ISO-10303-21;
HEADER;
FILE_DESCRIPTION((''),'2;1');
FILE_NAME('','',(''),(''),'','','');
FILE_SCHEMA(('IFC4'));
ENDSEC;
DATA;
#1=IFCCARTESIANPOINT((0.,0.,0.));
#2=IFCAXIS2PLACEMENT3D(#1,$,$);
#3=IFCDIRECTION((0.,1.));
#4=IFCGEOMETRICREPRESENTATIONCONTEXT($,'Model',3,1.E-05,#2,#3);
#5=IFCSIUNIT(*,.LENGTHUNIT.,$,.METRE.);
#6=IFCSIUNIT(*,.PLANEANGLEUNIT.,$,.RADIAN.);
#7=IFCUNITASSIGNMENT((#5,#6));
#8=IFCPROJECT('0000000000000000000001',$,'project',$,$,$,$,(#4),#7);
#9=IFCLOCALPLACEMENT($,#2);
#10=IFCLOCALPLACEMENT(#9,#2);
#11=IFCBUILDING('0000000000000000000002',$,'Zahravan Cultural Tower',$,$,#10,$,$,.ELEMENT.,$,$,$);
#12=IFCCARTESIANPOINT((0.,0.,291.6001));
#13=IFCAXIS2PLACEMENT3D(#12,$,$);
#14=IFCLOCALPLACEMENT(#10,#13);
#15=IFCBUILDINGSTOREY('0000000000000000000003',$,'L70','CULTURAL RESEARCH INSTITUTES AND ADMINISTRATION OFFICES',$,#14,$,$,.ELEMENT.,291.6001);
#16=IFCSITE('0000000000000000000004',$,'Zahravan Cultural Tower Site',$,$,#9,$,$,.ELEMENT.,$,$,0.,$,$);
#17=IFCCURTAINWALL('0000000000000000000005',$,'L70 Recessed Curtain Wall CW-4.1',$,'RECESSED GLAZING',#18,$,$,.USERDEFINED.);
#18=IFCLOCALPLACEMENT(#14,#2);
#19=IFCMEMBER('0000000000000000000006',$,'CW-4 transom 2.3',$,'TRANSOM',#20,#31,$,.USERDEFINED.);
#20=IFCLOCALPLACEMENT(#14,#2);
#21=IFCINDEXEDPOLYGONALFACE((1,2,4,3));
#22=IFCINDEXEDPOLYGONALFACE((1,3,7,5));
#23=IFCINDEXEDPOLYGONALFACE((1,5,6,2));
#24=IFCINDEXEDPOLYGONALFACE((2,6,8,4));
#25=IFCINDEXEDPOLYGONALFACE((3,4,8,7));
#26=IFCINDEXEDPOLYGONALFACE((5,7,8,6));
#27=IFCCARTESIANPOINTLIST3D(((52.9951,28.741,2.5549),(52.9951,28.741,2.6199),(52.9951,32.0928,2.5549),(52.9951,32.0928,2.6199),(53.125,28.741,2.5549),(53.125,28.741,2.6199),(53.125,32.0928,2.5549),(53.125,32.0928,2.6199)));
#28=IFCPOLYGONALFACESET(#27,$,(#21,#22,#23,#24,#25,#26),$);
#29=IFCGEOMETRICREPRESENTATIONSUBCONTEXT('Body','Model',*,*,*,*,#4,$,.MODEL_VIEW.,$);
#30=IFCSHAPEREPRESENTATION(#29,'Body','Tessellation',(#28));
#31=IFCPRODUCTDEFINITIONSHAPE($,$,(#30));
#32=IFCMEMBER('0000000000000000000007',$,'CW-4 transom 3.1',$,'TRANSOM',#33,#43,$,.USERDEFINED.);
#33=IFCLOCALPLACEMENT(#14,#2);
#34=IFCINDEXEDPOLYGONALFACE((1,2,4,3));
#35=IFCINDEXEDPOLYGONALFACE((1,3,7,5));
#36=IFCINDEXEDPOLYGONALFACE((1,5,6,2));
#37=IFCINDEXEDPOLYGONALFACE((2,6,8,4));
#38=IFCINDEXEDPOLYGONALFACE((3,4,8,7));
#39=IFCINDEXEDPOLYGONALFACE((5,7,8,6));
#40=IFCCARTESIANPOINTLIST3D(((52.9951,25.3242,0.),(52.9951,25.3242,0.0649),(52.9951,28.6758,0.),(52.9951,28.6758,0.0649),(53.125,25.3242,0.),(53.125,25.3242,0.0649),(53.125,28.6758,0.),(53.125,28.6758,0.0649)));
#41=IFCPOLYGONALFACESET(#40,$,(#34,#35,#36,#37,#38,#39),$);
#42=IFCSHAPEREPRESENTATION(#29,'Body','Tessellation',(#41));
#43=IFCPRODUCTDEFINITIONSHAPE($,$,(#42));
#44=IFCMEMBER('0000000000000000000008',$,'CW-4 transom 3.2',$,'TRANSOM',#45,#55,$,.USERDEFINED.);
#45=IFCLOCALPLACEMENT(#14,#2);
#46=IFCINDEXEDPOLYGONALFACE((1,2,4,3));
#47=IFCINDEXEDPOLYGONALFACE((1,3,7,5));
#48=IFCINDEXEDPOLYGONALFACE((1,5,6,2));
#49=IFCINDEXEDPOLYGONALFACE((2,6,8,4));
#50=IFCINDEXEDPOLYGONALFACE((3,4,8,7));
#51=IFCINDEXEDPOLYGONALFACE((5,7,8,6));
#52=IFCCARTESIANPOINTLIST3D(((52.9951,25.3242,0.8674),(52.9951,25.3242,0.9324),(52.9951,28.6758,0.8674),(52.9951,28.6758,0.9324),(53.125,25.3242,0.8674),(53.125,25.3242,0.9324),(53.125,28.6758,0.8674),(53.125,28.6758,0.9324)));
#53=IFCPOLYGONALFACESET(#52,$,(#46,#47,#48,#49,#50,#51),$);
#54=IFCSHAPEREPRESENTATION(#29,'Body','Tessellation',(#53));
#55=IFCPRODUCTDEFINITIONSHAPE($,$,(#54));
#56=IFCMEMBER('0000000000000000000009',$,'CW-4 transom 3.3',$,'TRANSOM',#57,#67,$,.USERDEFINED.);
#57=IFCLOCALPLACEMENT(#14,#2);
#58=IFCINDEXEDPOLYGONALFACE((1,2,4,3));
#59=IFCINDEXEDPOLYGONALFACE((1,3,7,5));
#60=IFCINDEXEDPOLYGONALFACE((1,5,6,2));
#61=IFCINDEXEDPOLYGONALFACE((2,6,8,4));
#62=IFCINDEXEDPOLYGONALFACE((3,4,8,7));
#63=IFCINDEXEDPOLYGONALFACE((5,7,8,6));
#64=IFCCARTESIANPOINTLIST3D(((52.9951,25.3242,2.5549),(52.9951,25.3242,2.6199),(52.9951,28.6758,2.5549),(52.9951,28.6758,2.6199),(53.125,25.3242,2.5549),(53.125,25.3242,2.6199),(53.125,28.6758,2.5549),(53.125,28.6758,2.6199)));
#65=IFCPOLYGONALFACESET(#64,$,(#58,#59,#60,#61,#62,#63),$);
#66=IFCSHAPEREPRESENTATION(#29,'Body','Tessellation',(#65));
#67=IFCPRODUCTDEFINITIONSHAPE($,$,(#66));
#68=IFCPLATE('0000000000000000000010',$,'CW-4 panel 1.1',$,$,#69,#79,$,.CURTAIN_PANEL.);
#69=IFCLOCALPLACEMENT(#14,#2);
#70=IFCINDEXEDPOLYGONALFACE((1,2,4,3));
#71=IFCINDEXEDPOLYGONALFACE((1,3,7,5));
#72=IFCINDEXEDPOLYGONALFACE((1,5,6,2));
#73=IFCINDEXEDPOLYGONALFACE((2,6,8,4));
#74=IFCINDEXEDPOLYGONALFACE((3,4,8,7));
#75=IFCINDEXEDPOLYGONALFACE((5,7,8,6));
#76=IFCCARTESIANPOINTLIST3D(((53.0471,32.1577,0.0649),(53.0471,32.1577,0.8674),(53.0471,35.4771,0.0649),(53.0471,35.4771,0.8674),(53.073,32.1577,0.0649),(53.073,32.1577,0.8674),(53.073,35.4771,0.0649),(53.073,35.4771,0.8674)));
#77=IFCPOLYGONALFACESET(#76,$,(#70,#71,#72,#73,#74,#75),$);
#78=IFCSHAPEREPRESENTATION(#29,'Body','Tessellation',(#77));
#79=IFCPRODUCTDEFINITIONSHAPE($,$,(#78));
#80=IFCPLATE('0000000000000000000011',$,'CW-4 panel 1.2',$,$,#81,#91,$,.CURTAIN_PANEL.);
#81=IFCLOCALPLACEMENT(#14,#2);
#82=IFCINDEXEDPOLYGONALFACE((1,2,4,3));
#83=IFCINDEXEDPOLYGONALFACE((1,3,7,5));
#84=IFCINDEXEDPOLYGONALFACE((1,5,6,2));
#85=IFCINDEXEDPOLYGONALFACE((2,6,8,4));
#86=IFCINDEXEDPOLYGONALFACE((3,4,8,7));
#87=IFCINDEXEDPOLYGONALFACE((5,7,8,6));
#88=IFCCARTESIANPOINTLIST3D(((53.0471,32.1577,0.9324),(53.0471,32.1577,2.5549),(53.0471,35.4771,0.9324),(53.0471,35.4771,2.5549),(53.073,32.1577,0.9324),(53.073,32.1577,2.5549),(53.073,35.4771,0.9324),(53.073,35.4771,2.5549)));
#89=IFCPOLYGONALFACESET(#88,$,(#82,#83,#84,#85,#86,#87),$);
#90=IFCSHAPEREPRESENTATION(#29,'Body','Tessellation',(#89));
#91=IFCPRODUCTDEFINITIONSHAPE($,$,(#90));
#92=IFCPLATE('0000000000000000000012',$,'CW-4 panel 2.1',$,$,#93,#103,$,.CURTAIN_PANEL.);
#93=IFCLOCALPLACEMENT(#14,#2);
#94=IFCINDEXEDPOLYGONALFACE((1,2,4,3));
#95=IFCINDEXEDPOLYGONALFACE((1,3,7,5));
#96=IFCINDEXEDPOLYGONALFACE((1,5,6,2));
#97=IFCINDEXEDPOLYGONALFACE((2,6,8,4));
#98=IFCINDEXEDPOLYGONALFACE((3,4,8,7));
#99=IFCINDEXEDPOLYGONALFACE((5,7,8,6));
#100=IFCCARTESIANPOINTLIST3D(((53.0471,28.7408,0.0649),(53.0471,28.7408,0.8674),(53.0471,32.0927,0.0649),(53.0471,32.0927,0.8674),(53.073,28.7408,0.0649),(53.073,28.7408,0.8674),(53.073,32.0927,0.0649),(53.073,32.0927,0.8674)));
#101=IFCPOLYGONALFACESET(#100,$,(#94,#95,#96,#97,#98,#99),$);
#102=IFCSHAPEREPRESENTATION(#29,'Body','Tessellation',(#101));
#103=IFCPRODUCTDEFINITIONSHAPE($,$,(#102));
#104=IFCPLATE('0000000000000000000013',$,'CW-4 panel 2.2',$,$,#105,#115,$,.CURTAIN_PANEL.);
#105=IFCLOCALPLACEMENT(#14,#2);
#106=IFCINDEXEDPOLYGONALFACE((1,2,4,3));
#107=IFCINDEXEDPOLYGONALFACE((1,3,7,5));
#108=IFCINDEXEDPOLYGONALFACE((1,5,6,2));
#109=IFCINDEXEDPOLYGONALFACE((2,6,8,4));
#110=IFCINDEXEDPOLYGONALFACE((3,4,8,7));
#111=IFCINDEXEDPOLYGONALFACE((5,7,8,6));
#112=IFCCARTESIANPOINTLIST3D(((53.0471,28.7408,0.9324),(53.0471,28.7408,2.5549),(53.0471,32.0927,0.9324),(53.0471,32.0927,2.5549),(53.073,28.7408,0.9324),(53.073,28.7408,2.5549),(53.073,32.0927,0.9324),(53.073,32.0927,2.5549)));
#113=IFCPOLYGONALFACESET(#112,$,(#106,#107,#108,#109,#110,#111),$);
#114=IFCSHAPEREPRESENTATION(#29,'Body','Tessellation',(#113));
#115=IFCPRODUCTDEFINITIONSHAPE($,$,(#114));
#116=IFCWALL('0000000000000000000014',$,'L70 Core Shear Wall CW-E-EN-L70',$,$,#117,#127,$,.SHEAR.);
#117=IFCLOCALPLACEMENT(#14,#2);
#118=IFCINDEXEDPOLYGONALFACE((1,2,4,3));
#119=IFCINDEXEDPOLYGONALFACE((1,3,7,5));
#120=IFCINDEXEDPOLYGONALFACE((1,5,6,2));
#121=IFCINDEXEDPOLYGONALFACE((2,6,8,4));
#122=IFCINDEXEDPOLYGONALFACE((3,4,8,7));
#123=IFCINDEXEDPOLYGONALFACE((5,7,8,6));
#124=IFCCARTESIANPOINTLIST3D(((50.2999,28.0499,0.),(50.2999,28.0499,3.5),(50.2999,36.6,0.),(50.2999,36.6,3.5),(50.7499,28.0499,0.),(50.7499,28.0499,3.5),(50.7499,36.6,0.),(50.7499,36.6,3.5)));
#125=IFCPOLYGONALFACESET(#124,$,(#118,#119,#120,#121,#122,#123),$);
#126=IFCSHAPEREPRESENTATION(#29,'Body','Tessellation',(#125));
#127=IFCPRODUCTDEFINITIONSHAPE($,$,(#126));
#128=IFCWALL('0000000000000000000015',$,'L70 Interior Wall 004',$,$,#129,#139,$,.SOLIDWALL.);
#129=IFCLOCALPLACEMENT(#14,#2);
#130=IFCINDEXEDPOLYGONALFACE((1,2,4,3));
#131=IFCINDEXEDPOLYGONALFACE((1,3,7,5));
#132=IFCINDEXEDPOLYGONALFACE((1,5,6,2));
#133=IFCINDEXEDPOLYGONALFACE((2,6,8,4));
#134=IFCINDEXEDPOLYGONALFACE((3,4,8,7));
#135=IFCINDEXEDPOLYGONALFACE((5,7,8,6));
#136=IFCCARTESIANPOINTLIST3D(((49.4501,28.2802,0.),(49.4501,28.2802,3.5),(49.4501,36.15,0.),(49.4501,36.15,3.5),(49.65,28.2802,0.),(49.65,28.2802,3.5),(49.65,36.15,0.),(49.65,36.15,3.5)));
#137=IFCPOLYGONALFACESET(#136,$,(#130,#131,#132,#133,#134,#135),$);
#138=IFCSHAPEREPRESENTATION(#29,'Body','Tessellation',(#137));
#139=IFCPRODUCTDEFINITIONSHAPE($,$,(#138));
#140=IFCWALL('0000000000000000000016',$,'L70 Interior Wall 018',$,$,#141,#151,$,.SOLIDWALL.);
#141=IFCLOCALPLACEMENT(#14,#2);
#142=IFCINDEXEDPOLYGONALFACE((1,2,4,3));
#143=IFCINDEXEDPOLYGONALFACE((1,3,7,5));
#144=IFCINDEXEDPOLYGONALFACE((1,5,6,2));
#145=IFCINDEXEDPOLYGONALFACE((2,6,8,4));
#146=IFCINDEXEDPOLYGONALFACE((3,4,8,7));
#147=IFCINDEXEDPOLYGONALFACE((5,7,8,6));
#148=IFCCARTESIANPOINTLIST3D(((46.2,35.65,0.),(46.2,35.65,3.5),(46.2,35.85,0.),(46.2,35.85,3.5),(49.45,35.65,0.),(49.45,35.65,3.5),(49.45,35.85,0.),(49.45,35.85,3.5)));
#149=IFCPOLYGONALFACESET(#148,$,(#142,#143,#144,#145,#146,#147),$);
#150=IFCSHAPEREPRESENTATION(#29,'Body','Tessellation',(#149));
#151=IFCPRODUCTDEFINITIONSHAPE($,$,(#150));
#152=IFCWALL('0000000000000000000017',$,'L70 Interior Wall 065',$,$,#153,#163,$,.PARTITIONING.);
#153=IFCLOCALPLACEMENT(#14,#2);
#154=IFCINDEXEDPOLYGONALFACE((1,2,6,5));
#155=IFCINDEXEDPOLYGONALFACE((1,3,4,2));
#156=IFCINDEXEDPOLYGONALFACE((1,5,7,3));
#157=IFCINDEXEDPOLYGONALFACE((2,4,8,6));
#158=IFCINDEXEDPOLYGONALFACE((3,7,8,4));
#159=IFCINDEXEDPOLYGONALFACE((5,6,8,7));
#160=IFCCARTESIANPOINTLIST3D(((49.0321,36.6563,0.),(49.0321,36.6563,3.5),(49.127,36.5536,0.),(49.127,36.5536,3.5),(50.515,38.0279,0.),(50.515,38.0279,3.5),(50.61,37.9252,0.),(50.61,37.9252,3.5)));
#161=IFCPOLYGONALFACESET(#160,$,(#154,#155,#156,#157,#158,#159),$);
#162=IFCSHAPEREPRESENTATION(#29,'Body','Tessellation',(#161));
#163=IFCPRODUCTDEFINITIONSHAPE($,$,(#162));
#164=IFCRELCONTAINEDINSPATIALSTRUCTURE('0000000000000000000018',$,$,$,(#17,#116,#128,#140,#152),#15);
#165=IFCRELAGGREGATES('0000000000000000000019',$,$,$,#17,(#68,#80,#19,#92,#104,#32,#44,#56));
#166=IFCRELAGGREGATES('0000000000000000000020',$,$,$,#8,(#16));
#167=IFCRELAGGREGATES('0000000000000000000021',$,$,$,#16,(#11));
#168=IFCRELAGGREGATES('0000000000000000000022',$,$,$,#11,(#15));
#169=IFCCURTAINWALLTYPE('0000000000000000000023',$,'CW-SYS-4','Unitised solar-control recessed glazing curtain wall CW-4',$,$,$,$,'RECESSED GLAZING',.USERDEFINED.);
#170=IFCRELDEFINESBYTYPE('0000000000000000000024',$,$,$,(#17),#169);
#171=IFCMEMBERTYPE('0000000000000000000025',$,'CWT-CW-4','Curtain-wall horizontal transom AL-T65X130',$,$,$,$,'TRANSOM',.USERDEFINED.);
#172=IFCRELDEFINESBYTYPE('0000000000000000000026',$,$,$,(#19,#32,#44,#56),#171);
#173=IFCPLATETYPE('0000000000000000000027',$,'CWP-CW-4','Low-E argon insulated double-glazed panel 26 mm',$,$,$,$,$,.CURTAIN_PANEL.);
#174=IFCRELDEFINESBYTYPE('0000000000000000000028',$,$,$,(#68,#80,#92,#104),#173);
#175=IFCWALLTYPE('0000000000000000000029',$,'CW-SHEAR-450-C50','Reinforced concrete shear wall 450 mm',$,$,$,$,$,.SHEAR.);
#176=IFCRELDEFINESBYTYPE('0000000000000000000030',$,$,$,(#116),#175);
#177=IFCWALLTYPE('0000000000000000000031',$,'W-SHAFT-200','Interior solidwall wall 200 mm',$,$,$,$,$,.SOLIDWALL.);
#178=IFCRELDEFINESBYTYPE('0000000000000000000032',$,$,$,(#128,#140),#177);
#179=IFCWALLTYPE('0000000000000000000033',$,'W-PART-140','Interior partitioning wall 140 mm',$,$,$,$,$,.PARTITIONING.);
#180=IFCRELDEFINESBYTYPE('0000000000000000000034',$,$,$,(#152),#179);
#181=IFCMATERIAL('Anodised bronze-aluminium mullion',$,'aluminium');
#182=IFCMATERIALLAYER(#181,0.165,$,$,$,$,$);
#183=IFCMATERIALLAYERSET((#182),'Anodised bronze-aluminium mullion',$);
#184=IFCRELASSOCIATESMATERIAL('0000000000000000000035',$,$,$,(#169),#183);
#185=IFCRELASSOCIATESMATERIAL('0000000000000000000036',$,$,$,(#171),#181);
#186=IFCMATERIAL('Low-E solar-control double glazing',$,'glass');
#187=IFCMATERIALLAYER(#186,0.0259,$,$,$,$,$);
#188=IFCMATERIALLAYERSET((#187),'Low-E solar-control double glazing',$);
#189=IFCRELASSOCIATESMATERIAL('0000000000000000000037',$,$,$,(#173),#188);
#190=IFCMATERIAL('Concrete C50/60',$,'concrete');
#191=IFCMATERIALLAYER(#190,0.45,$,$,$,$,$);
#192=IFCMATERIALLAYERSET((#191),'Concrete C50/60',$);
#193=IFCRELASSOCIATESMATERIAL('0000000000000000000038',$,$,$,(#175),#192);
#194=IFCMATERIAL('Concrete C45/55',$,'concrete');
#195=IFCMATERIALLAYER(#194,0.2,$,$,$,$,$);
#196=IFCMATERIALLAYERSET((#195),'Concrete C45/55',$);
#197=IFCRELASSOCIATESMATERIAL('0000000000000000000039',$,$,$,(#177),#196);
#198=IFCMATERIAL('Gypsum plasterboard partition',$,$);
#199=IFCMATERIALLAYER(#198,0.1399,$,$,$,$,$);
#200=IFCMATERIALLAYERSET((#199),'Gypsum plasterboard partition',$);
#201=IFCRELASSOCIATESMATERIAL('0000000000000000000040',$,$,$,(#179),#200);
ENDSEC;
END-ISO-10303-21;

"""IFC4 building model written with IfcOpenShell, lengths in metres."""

from ifc_helpers import new_model, si_unit, direction, frame, frame_2d, origin, origin_2d, place, context, subcontext, project, spatial, rectangle, extrude, source, transform, mapped, material, layer, layer_set, material_profile, profile_set, type_object, element, aggregate, save


model = new_model("IFC4")

# Units and contexts
model_context = context("Model", 3, precision=1e-05, world=origin(), true_north=direction((0.0, 1.0)))
body_context = subcontext(model_context, "Body", "Model", "MODEL_VIEW")
ifc_project = project(units=[si_unit("LENGTHUNIT", "METRE"), si_unit("PLANEANGLEUNIT", "RADIAN")], contexts=[model_context])

# Site, building, storey
site_placement = place(None, origin())
site = spatial("IfcSite", under=ifc_project, at=site_placement, Name="Zahravan Cultural Tower Site", CompositionType="ELEMENT", RefElevation=0.0)
building_placement = place(site_placement, origin())
building = spatial("IfcBuilding", under=site, at=building_placement, Name="Zahravan Cultural Tower", CompositionType="ELEMENT")
storey_placement = place(building_placement, frame((0.0, 0.0, 291.6001)))
storey = spatial("IfcBuildingStorey", under=building, at=storey_placement, Name="L70", Description="CULTURAL RESEARCH INSTITUTES AND ADMINISTRATION OFFICES", CompositionType="ELEMENT", Elevation=291.6001)

# Shared definitions
ifc_material_1 = material(Name="Concrete C50/60", Category="concrete")

# Curtain wall, members, plates
ifc_material_2 = material(Name="Anodised bronze-aluminium mullion", Category="aluminium")
ifc_layer_1 = layer(ifc_material_2, 0.165)
ifc_layer_set_1 = layer_set([ifc_layer_1], Name="Anodised bronze-aluminium mullion")
curtain_wall_type = type_object("IfcCurtainWallType", Name="CW-SYS-4", Description="Unitised solar-control recessed glazing curtain wall CW-4", ElementType="RECESSED GLAZING", PredefinedType="USERDEFINED", material=ifc_layer_set_1)
curtain_wall_placement = place(storey_placement, origin())
curtain_wall = element("IfcCurtainWall", 1, at=curtain_wall_placement, inside=storey, type_object=curtain_wall_type, Name="L70 Recessed Curtain Wall CW-4.1", ObjectType="RECESSED GLAZING", PredefinedType="USERDEFINED")
ifc_material_profile_1 = material_profile(ifc_material_2, rectangle(XDim=0.1299, YDim=0.0649, at=origin_2d()), Name="AL-T65X130")
ifc_profile_set_1 = profile_set([ifc_material_profile_1], Name="Anodised bronze-aluminium mullion")
member_type_1 = type_object("IfcMemberType", Name="CWT-CW-4", Description="Curtain-wall horizontal transom AL-T65X130", ElementType="TRANSOM", PredefinedType="USERDEFINED", material=ifc_profile_set_1)
shared_shape_1 = source(origin(), body_context, "Body", "SweptSolid", [
    extrude(rectangle(XDim=0.1299, YDim=0.0649, at=origin_2d()), origin(), (0.0, 0.0, 1.0), 3.3518),
])
member_1_placement = place(storey_placement, frame((53.0601, 32.0928, 2.5874), z_axis=(0.0, -1.0, 0.0), x_axis=(1.0, 0.0, 0.0)))
member_1 = element("IfcMember", 2, at=member_1_placement, type_object=member_type_1, Name="CW-4 transom 2.3", ObjectType="TRANSOM", PredefinedType="USERDEFINED", context=body_context, shape_type="MappedRepresentation", body=[
    mapped(shared_shape_1, transform((0.0, 0.0, 0.0), x_axis=(1.0, 0.0, 0.0), y_axis=(0.0, 1.0, 0.0), z_axis=(0.0, 0.0, 1.0), scale=1.0)),
])
shared_shape_2 = source(origin(), body_context, "Body", "SweptSolid", [
    extrude(rectangle(XDim=0.1299, YDim=0.0649, at=origin_2d()), origin(), (0.0, 0.0, 1.0), 3.3516),
])
member_2_placement = place(storey_placement, frame((53.0601, 28.6758, 0.0325), z_axis=(0.0, -1.0, 0.0), x_axis=(1.0, 0.0, 0.0)))
member_2 = element("IfcMember", 3, at=member_2_placement, type_object=member_type_1, Name="CW-4 transom 3.1", ObjectType="TRANSOM", PredefinedType="USERDEFINED", context=body_context, shape_type="MappedRepresentation", body=[
    mapped(shared_shape_2, transform((0.0, 0.0, 0.0), x_axis=(1.0, 0.0, 0.0), y_axis=(0.0, 1.0, 0.0), z_axis=(0.0, 0.0, 1.0), scale=1.0)),
])
member_3_placement = place(storey_placement, frame((53.0601, 28.6758, 0.8999), z_axis=(0.0, -1.0, 0.0), x_axis=(1.0, 0.0, 0.0)))
member_3 = element("IfcMember", 4, at=member_3_placement, type_object=member_type_1, Name="CW-4 transom 3.2", ObjectType="TRANSOM", PredefinedType="USERDEFINED", context=body_context, shape_type="MappedRepresentation", body=[
    mapped(shared_shape_2, transform((0.0, 0.0, 0.0), x_axis=(1.0, 0.0, 0.0), y_axis=(0.0, 1.0, 0.0), z_axis=(0.0, 0.0, 1.0), scale=1.0)),
])
member_4_placement = place(storey_placement, frame((53.0601, 28.6758, 2.5874), z_axis=(0.0, -1.0, 0.0), x_axis=(1.0, 0.0, 0.0)))
member_4 = element("IfcMember", 5, at=member_4_placement, type_object=member_type_1, Name="CW-4 transom 3.3", ObjectType="TRANSOM", PredefinedType="USERDEFINED", context=body_context, shape_type="MappedRepresentation", body=[
    mapped(shared_shape_2, transform((0.0, 0.0, 0.0), x_axis=(1.0, 0.0, 0.0), y_axis=(0.0, 1.0, 0.0), z_axis=(0.0, 0.0, 1.0), scale=1.0)),
])
ifc_material_3 = material(Name="Low-E solar-control double glazing", Category="glass")
ifc_layer_2 = layer(ifc_material_3, 0.0259)
ifc_layer_set_2 = layer_set([ifc_layer_2], Name="Low-E solar-control double glazing")
plate_type = type_object("IfcPlateType", Name="CWP-CW-4", Description="Low-E argon insulated double-glazed panel 26 mm", PredefinedType="CURTAIN_PANEL", material=ifc_layer_set_2)
shared_shape_3 = source(origin(), body_context, "Body", "SweptSolid", [
    extrude(rectangle(XDim=3.3193, YDim=0.0259, at=origin_2d()), origin(), (0.0, 0.0, 1.0), 0.8025),
])
plate_1_placement = place(storey_placement, frame((53.0601, 33.8174, 0.0649), z_axis=(0.0, 0.0, 1.0), x_axis=(0.0, -1.0, 0.0)))
plate_1 = element("IfcPlate", 6, at=plate_1_placement, type_object=plate_type, Name="CW-4 panel 1.1", PredefinedType="CURTAIN_PANEL", context=body_context, shape_type="MappedRepresentation", body=[
    mapped(shared_shape_3, transform((0.0, 0.0, 0.0), x_axis=(1.0, 0.0, 0.0), y_axis=(0.0, 1.0, 0.0), z_axis=(0.0, 0.0, 1.0), scale=1.0)),
])
shared_shape_4 = source(origin(), body_context, "Body", "SweptSolid", [
    extrude(rectangle(XDim=3.3193, YDim=0.0259, at=origin_2d()), origin(), (0.0, 0.0, 1.0), 1.6226),
])
plate_2_placement = place(storey_placement, frame((53.0601, 33.8174, 0.9324), z_axis=(0.0, 0.0, 1.0), x_axis=(0.0, -1.0, 0.0)))
plate_2 = element("IfcPlate", 7, at=plate_2_placement, type_object=plate_type, Name="CW-4 panel 1.2", PredefinedType="CURTAIN_PANEL", context=body_context, shape_type="MappedRepresentation", body=[
    mapped(shared_shape_4, transform((0.0, 0.0, 0.0), x_axis=(1.0, 0.0, 0.0), y_axis=(0.0, 1.0, 0.0), z_axis=(0.0, 0.0, 1.0), scale=1.0)),
])
shared_shape_5 = source(origin(), body_context, "Body", "SweptSolid", [
    extrude(rectangle(XDim=3.3518, YDim=0.0259, at=origin_2d()), origin(), (0.0, 0.0, 1.0), 0.8025),
])
plate_3_placement = place(storey_placement, frame((53.0601, 30.4167, 0.0649), z_axis=(0.0, 0.0, 1.0), x_axis=(0.0, -1.0, 0.0)))
plate_3 = element("IfcPlate", 8, at=plate_3_placement, type_object=plate_type, Name="CW-4 panel 2.1", PredefinedType="CURTAIN_PANEL", context=body_context, shape_type="MappedRepresentation", body=[
    mapped(shared_shape_5, transform((0.0, 0.0, 0.0), x_axis=(1.0, 0.0, 0.0), y_axis=(0.0, 1.0, 0.0), z_axis=(0.0, 0.0, 1.0), scale=1.0)),
])
shared_shape_6 = source(origin(), body_context, "Body", "SweptSolid", [
    extrude(rectangle(XDim=3.3518, YDim=0.0259, at=origin_2d()), origin(), (0.0, 0.0, 1.0), 1.6226),
])
plate_4_placement = place(storey_placement, frame((53.0601, 30.4167, 0.9324), z_axis=(0.0, 0.0, 1.0), x_axis=(0.0, -1.0, 0.0)))
plate_4 = element("IfcPlate", 9, at=plate_4_placement, type_object=plate_type, Name="CW-4 panel 2.2", PredefinedType="CURTAIN_PANEL", context=body_context, shape_type="MappedRepresentation", body=[
    mapped(shared_shape_6, transform((0.0, 0.0, 0.0), x_axis=(1.0, 0.0, 0.0), y_axis=(0.0, 1.0, 0.0), z_axis=(0.0, 0.0, 1.0), scale=1.0)),
])
aggregate(curtain_wall, [plate_1, plate_2, member_1, plate_3, plate_4, member_2, member_3, member_4])

# Walls
ifc_layer_3 = layer(ifc_material_1, 0.45)
ifc_layer_set_3 = layer_set([ifc_layer_3], Name="Concrete C50/60")
wall_type_1 = type_object("IfcWallType", Name="CW-SHEAR-450-C50", Description="Reinforced concrete shear wall 450 mm", PredefinedType="SHEAR", material=ifc_layer_set_3)
shared_shape_7 = source(origin(), body_context, "Body", "SweptSolid", [
    extrude(rectangle(XDim=8.55, YDim=0.45, at=frame_2d((4.2749, 0.0))), origin(), (0.0, 0.0, 1.0), 3.5),
])
wall_1_placement = place(storey_placement, frame((50.5249, 28.05, 0.0), z_axis=(0.0, 0.0, 1.0), x_axis=(0.0, 1.0, 0.0)))
element("IfcWall", 10, at=wall_1_placement, inside=storey, type_object=wall_type_1, Name="L70 Core Shear Wall CW-E-EN-L70", PredefinedType="SHEAR", context=body_context, shape_type="MappedRepresentation", body=[
    mapped(shared_shape_7, transform((0.0, 0.0, 0.0), x_axis=(1.0, 0.0, 0.0), y_axis=(0.0, 1.0, 0.0), z_axis=(0.0, 0.0, 1.0), scale=1.0)),
])
ifc_material_4 = material(Name="Concrete C45/55", Category="concrete")
ifc_layer_4 = layer(ifc_material_4, 0.2)
ifc_layer_set_4 = layer_set([ifc_layer_4], Name="Concrete C45/55")
wall_type_2 = type_object("IfcWallType", Name="W-SHAFT-200", Description="Interior solidwall wall 200 mm", PredefinedType="SOLIDWALL", material=ifc_layer_set_4)
shared_shape_8 = source(origin(), body_context, "Body", "SweptSolid", [
    extrude(rectangle(XDim=7.8699, YDim=0.2, at=frame_2d((3.9351, 0.0))), origin(), (0.0, 0.0, 1.0), 3.5),
])
wall_2_placement = place(storey_placement, frame((49.55, 28.28, 0.0), z_axis=(0.0, 0.0, 1.0), x_axis=(0.0, 1.0, 0.0)))
element("IfcWall", 11, at=wall_2_placement, inside=storey, type_object=wall_type_2, Name="L70 Interior Wall 004", PredefinedType="SOLIDWALL", context=body_context, shape_type="MappedRepresentation", body=[
    mapped(shared_shape_8, transform((0.0, 0.0, 0.0), x_axis=(1.0, 0.0, 0.0), y_axis=(0.0, 1.0, 0.0), z_axis=(0.0, 0.0, 1.0), scale=1.0)),
])
shared_shape_9 = source(origin(), body_context, "Body", "SweptSolid", [
    extrude(rectangle(XDim=3.25, YDim=0.2, at=frame_2d((1.625, 0.0))), origin(), (0.0, 0.0, 1.0), 3.5),
])
wall_3_placement = place(storey_placement, frame((46.2, 35.75, 0.0), z_axis=(0.0, 0.0, 1.0), x_axis=(1.0, 0.0, 0.0)))
element("IfcWall", 12, at=wall_3_placement, inside=storey, type_object=wall_type_2, Name="L70 Interior Wall 018", PredefinedType="SOLIDWALL", context=body_context, shape_type="MappedRepresentation", body=[
    mapped(shared_shape_9, transform((0.0, 0.0, 0.0), x_axis=(1.0, 0.0, 0.0), y_axis=(0.0, 1.0, 0.0), z_axis=(0.0, 0.0, 1.0), scale=1.0)),
])
ifc_material_5 = material(Name="Gypsum plasterboard partition")
ifc_layer_5 = layer(ifc_material_5, 0.1399)
ifc_layer_set_5 = layer_set([ifc_layer_5], Name="Gypsum plasterboard partition")
wall_type_3 = type_object("IfcWallType", Name="W-PART-140", Description="Interior partitioning wall 140 mm", PredefinedType="PARTITIONING", material=ifc_layer_set_5)
shared_shape_10 = source(origin(), body_context, "Body", "SweptSolid", [
    extrude(rectangle(XDim=2.02, YDim=0.1399, at=frame_2d((1.01, 0.0))), origin(), (0.0, 0.0, 1.0), 3.5),
])
wall_4_placement = place(storey_placement, frame((50.5625, 37.9766, 0.0), z_axis=(0.0, 0.0, 1.0), x_axis=(-0.734127, -0.679013, 0.0)))
element("IfcWall", 13, at=wall_4_placement, inside=storey, type_object=wall_type_3, Name="L70 Interior Wall 065", PredefinedType="PARTITIONING", context=body_context, shape_type="MappedRepresentation", body=[
    mapped(shared_shape_10, transform((0.0, 0.0, 0.0), x_axis=(1.0, 0.0, 0.0), y_axis=(0.0, 1.0, 0.0), z_axis=(0.0, 0.0, 1.0), scale=1.0)),
])

save(model, "model.ifc")
